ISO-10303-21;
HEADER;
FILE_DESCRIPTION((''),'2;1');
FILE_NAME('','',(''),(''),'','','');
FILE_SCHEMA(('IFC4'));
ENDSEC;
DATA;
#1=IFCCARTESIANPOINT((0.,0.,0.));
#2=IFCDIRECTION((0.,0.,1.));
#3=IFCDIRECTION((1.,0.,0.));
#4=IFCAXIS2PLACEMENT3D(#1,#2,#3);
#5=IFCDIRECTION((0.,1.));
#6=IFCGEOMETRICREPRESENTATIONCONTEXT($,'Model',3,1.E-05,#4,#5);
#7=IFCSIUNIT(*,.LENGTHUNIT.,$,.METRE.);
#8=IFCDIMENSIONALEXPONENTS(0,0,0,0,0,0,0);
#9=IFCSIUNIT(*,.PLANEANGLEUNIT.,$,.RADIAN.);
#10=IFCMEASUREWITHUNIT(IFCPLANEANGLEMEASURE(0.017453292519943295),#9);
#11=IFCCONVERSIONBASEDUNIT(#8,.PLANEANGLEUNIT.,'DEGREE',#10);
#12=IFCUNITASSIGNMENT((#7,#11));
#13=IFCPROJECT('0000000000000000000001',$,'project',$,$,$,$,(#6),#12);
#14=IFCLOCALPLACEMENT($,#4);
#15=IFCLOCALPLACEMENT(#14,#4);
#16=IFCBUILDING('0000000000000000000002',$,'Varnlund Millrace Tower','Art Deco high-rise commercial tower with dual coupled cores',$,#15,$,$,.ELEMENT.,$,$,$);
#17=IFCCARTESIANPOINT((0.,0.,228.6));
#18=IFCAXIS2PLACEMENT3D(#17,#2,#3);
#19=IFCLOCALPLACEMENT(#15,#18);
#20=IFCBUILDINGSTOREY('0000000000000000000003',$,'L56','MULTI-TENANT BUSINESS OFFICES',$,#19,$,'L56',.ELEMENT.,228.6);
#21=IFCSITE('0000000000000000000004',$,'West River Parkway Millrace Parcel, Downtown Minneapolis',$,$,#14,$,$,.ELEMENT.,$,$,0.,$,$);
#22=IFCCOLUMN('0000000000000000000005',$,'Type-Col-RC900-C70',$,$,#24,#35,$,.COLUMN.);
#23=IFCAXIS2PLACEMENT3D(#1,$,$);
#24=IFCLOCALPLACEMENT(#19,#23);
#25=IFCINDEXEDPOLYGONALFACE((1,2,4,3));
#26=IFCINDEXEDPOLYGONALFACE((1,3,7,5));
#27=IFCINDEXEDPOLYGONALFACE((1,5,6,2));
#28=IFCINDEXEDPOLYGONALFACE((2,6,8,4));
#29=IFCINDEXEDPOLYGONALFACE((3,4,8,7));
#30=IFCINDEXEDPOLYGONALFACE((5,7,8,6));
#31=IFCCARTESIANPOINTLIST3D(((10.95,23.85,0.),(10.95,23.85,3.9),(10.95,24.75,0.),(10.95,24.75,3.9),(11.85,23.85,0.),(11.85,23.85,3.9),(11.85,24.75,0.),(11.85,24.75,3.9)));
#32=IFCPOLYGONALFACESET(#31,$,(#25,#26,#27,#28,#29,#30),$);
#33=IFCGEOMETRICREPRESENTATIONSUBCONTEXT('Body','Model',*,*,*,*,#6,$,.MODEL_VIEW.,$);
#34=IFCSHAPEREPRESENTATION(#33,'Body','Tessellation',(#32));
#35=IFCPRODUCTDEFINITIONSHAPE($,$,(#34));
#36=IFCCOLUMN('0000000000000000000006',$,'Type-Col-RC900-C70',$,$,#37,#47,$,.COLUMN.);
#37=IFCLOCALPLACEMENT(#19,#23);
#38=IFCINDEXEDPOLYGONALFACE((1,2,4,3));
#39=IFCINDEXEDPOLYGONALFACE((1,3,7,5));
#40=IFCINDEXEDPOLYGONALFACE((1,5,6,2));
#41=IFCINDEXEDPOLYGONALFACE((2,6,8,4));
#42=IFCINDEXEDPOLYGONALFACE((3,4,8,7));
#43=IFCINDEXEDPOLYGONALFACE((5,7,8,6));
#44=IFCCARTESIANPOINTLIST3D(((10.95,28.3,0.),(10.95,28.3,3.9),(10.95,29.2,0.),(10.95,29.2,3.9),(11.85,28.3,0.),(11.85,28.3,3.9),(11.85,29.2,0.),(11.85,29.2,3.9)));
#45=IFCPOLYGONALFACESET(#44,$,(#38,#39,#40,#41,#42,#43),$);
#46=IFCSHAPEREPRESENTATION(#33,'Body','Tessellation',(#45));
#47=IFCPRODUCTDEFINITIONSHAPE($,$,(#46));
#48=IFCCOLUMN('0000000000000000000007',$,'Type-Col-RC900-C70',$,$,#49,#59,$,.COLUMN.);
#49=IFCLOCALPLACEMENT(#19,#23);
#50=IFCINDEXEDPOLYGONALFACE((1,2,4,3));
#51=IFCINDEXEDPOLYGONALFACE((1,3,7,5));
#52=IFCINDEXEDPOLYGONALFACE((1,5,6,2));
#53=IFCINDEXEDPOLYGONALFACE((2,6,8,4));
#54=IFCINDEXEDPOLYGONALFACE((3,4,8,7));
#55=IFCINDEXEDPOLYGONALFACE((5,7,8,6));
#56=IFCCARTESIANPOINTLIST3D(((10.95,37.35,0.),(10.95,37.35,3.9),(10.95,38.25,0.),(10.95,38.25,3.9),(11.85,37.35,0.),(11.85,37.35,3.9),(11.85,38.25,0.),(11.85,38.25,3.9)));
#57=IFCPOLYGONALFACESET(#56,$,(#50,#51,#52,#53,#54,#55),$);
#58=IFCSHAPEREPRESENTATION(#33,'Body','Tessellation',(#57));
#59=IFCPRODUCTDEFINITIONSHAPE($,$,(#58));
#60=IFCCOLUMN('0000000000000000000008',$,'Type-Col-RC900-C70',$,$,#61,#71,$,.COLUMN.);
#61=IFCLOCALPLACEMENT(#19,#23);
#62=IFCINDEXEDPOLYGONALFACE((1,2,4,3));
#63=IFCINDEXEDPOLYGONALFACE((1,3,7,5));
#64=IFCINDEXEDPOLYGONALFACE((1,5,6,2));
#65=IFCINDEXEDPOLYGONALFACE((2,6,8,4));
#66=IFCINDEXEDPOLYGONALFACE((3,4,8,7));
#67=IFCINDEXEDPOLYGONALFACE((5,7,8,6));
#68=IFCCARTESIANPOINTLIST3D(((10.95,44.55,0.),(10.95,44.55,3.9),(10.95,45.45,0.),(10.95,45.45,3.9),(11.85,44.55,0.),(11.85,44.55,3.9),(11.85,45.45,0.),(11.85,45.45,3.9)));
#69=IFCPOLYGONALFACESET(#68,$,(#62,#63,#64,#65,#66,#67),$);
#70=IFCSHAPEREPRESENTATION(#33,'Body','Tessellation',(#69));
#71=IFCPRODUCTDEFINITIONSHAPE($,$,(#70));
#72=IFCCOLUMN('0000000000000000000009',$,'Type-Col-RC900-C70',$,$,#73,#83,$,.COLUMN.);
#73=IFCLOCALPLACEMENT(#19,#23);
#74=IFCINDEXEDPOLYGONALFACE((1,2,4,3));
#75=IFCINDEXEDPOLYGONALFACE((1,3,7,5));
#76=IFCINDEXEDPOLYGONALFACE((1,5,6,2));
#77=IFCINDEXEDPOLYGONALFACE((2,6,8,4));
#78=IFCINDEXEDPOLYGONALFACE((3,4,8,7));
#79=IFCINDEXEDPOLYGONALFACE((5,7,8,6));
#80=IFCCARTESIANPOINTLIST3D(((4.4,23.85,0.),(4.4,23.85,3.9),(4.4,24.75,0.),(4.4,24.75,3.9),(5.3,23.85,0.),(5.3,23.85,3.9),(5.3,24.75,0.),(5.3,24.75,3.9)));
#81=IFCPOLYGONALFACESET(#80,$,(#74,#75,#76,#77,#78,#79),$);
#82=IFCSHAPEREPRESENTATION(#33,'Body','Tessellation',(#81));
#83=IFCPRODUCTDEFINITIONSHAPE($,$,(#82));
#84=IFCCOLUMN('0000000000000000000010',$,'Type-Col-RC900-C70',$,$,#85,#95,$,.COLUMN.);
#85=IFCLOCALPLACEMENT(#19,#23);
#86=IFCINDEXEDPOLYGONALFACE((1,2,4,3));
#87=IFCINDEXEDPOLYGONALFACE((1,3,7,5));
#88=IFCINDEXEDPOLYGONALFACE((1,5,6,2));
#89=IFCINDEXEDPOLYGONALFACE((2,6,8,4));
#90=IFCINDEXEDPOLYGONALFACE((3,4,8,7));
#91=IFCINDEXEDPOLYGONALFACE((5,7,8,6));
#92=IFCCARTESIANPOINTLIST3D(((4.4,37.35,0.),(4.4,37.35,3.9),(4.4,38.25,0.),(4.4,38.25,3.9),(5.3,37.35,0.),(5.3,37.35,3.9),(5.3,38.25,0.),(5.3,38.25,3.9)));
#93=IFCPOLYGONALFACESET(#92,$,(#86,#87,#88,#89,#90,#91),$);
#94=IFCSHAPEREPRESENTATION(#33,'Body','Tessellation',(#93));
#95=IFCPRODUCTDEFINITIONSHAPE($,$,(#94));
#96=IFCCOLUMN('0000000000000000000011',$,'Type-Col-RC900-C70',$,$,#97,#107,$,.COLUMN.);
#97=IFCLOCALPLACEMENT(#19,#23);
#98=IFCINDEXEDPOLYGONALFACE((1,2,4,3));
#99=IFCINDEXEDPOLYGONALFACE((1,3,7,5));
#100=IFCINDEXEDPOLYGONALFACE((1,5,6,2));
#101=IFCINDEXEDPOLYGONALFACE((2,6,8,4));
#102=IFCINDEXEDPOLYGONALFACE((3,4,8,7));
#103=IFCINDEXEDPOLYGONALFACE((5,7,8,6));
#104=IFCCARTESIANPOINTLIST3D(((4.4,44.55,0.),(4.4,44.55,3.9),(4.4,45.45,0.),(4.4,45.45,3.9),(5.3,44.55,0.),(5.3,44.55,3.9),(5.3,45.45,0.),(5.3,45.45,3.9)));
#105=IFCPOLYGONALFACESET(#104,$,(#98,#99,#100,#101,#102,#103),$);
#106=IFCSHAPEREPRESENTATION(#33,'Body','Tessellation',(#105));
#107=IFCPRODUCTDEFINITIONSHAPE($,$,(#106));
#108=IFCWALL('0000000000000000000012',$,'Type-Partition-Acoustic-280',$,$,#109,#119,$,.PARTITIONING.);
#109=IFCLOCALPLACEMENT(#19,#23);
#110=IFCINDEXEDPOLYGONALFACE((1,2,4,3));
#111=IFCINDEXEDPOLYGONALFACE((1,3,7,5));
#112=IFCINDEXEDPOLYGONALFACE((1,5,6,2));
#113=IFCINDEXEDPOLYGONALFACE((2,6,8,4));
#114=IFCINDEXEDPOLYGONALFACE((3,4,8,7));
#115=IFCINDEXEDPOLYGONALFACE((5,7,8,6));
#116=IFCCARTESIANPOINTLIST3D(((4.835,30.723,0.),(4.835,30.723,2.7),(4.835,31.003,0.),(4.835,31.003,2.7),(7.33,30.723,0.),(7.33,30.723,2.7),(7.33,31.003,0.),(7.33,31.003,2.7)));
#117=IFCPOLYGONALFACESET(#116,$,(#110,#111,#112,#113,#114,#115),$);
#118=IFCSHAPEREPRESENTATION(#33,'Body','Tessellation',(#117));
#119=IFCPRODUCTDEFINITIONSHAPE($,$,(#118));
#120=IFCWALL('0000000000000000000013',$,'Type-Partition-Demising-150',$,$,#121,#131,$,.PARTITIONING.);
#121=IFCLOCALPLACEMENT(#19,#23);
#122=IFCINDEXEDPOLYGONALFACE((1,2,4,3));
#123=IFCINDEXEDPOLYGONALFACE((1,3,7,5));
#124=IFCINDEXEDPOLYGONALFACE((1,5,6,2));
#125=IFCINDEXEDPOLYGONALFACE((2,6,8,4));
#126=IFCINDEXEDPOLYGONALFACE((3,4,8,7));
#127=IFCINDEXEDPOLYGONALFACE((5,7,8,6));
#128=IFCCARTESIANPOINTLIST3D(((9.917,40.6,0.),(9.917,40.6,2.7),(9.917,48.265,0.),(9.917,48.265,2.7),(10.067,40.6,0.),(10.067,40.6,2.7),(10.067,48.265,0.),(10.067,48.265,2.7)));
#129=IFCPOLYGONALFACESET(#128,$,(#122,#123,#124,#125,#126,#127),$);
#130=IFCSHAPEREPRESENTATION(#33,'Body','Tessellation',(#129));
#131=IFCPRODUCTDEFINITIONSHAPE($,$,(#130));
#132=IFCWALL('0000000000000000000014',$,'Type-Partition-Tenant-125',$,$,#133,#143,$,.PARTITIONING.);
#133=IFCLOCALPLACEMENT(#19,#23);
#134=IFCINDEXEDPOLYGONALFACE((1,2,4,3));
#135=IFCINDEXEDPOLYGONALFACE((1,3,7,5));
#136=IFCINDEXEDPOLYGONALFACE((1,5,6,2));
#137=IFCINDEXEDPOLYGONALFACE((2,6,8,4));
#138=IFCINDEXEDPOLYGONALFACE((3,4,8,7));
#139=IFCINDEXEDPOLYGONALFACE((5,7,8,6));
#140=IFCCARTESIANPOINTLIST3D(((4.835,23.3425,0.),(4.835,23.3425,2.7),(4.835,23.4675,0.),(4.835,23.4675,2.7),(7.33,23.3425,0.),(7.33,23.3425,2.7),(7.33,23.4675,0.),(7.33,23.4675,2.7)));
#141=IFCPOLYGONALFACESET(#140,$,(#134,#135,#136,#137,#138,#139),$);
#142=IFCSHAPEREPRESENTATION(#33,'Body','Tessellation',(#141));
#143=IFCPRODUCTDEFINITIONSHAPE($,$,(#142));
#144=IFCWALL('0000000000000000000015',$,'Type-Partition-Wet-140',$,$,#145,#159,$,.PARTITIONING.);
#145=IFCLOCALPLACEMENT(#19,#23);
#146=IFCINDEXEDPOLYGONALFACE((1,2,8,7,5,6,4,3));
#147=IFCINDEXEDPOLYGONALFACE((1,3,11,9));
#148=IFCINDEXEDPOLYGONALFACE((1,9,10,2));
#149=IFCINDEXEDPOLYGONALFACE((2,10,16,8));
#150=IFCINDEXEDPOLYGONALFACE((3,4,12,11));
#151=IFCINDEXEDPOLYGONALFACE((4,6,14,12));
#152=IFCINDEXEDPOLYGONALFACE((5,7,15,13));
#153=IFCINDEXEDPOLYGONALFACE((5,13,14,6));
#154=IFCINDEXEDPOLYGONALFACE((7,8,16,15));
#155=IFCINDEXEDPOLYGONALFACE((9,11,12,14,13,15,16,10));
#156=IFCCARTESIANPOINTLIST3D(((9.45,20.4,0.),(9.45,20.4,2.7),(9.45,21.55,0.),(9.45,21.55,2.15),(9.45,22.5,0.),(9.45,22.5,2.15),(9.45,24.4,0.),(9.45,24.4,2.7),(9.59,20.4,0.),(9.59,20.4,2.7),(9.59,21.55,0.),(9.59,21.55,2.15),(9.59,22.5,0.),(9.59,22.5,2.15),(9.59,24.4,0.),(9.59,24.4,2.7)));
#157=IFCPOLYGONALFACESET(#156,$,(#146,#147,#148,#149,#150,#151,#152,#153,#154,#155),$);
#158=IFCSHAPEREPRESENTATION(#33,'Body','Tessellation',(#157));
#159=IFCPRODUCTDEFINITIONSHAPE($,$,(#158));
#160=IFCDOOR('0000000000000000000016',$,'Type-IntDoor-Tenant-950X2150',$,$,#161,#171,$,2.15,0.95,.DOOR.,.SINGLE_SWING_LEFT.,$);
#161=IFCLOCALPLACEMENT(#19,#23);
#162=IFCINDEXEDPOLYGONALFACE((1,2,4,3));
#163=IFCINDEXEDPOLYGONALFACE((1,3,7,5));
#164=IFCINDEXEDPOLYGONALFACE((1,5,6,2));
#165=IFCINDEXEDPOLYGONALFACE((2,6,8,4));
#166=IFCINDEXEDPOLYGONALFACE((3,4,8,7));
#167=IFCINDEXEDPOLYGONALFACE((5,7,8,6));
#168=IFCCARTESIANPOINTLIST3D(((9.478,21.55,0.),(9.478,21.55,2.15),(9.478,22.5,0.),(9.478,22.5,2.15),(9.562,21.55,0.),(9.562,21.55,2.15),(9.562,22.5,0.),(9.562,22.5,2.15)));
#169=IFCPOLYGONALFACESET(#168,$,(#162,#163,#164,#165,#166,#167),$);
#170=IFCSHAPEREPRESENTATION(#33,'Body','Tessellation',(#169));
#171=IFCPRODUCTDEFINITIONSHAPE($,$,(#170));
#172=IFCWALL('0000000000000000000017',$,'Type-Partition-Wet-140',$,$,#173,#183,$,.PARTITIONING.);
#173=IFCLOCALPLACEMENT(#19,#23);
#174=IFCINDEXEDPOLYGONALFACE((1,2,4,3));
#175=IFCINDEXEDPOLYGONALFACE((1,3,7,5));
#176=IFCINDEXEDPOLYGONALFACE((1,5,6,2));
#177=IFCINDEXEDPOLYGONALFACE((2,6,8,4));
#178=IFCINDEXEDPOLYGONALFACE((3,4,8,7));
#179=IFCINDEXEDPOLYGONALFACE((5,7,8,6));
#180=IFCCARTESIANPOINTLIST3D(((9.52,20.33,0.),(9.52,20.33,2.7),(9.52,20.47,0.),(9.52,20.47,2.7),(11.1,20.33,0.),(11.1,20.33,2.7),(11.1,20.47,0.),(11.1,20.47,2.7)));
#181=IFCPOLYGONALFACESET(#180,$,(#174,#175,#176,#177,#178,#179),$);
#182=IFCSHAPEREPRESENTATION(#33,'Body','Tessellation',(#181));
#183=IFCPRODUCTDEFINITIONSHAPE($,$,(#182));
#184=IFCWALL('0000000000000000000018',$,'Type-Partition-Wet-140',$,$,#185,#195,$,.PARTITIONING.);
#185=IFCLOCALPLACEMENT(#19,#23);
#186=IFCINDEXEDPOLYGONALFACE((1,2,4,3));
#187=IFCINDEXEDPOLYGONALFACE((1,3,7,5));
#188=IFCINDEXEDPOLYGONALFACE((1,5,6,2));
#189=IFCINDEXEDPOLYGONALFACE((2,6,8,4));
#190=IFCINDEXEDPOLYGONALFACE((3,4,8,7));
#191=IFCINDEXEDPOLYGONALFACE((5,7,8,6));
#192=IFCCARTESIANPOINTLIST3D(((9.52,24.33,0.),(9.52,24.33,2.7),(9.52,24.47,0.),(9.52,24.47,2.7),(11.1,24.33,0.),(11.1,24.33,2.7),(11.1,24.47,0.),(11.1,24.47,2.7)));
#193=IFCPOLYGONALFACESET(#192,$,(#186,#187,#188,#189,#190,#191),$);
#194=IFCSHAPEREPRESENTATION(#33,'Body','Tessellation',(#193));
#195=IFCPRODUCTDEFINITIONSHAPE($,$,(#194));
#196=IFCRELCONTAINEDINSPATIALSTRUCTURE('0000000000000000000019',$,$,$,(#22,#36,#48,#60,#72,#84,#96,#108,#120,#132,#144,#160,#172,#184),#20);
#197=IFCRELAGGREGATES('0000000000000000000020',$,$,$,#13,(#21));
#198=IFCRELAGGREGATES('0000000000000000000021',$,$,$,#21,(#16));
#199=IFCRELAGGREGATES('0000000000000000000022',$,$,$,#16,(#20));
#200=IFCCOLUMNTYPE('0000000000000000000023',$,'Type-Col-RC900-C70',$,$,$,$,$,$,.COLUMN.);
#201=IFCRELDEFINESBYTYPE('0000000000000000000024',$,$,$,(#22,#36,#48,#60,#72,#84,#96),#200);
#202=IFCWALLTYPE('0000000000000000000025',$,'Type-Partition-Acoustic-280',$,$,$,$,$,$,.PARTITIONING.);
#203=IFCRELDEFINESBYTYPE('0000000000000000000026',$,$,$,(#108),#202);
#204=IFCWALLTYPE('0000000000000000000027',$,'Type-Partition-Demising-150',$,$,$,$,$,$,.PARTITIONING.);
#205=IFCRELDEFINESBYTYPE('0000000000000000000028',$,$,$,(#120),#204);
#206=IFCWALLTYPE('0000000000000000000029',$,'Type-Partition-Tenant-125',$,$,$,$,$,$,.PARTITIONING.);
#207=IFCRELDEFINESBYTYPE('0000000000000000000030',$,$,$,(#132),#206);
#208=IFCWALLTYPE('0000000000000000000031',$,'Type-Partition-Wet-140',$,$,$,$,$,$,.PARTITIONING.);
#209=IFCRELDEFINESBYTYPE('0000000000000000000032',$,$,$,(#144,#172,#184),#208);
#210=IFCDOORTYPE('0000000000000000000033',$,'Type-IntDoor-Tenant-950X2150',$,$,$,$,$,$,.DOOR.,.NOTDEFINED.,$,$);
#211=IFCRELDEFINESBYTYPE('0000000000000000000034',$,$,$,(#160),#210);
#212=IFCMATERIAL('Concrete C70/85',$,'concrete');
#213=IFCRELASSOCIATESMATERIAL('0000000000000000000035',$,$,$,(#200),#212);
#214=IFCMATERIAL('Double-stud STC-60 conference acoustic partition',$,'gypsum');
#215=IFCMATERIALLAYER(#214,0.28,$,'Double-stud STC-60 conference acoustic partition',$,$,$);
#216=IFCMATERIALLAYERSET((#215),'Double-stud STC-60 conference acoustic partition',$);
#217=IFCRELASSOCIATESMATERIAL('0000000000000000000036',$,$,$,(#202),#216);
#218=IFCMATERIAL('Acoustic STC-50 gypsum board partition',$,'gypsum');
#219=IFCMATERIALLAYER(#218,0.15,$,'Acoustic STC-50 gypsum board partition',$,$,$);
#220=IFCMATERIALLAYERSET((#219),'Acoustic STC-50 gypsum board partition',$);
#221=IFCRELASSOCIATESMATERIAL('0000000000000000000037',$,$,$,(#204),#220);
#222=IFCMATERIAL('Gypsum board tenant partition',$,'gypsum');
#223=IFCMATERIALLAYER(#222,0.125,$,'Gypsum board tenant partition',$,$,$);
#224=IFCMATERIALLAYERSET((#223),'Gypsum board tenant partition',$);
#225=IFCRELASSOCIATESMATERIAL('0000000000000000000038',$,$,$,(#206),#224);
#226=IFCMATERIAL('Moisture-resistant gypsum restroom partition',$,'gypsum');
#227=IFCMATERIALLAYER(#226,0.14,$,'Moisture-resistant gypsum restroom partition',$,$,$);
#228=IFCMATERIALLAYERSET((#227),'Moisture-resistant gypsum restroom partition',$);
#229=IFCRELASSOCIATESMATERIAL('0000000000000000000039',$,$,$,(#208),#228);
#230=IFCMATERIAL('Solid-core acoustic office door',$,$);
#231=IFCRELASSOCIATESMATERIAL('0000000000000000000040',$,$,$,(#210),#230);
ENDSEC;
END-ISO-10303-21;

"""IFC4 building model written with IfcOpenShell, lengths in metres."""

from ifc_helpers import new_model, entity, si_unit, converted_unit, direction, frame, origin_with_axes, origin_2d_with_axis, place, context, subcontext, project, spatial, polyline, rectangle, outline, extrude, material, layer, layer_set, material_profile, profile_set, type_object, element, fill, save


model = new_model("IFC4")

# Units and contexts
model_context = context("Model", 3, precision=1e-05, world=origin_with_axes(), true_north=direction((0.0, 1.0)))
body_context = subcontext(model_context, "Body", "Model", "MODEL_VIEW")
ifc_project = project(units=[si_unit("LENGTHUNIT", "METRE"), converted_unit("PLANEANGLEUNIT", "DEGREE", entity("IfcPlaneAngleMeasure", 0.017453292519943295), si_unit("PLANEANGLEUNIT", "RADIAN"), dimensions=[0, 0, 0, 0, 0, 0, 0])], contexts=[model_context])

# Site, building, storey
site_placement = place(None, origin_with_axes())
site = spatial("IfcSite", under=ifc_project, at=site_placement, Name="West River Parkway Millrace Parcel, Downtown Minneapolis", CompositionType="ELEMENT", RefElevation=0.0)
building_placement = place(site_placement, origin_with_axes())
building = spatial("IfcBuilding", under=site, at=building_placement, Name="Varnlund Millrace Tower", Description="Art Deco high-rise commercial tower with dual coupled cores", CompositionType="ELEMENT")
storey_placement = place(building_placement, frame((0.0, 0.0, 228.6), z_axis=(0.0, 0.0, 1.0), x_axis=(1.0, 0.0, 0.0)))
storey = spatial("IfcBuildingStorey", under=building, at=storey_placement, Name="L56", Description="MULTI-TENANT BUSINESS OFFICES", LongName="L56", CompositionType="ELEMENT", Elevation=228.6)

# Columns
ifc_material_1 = material(Name="Concrete C70/85", Category="concrete")
ifc_material_profile = material_profile(ifc_material_1, rectangle(XDim=0.9, YDim=0.9, at=origin_2d_with_axis()), Name="Concrete C70/85")
ifc_profile_set = profile_set([ifc_material_profile], Name="Concrete C70/85")
column_type = type_object("IfcColumnType", Name="Type-Col-RC900-C70", PredefinedType="COLUMN", material=ifc_profile_set)
for number, where, z_axis, x_axis, name in (
    (1, (11.4, 24.3, 0.0), (0.0, 0.0, 1.0), (1.0, 0.0, 0.0), "Type-Col-RC900-C70"),
    (2, (11.4, 28.75, 0.0), (0.0, 0.0, 1.0), (1.0, 0.0, 0.0), "Type-Col-RC900-C70"),
    (3, (11.4, 37.8, 0.0), (0.0, 0.0, 1.0), (1.0, 0.0, 0.0), "Type-Col-RC900-C70"),
    (4, (11.4, 45.0, 0.0), (0.0, 0.0, 1.0), (1.0, 0.0, 0.0), "Type-Col-RC900-C70"),
    (5, (4.85, 24.3, 0.0), (0.0, 0.0, 1.0), (1.0, 0.0, 0.0), "Type-Col-RC900-C70"),
    (6, (4.85, 37.8, 0.0), (0.0, 0.0, 1.0), (1.0, 0.0, 0.0), "Type-Col-RC900-C70"),
    (7, (4.85, 45.0, 0.0), (0.0, 0.0, 1.0), (1.0, 0.0, 0.0), "Type-Col-RC900-C70"),
):
    element("IfcColumn", number, at=place(storey_placement, frame(where, z_axis=z_axis, x_axis=x_axis)), inside=storey, type_object=column_type, Name=name, PredefinedType="COLUMN", context=body_context, shape_type="SweptSolid", body=[
        extrude(rectangle(XDim=0.9, YDim=0.9, at=origin_2d_with_axis()), origin_with_axes(), (0.0, 0.0, 1.0), 3.9),
    ])

# Wall
ifc_material_2 = material(Name="Double-stud STC-60 conference acoustic partition", Category="gypsum")
ifc_layer_1 = layer(ifc_material_2, 0.28, Name="Double-stud STC-60 conference acoustic partition")
ifc_layer_set_1 = layer_set([ifc_layer_1], Name="Double-stud STC-60 conference acoustic partition")
wall_type_1 = type_object("IfcWallType", Name="Type-Partition-Acoustic-280", PredefinedType="PARTITIONING", material=ifc_layer_set_1)
wall_1_placement = place(storey_placement, frame((4.835, 30.863, 0.0), z_axis=(0.0, 0.0, 1.0), x_axis=(1.0, 0.0, 0.0)))
element("IfcWall", 8, at=wall_1_placement, inside=storey, type_object=wall_type_1, Name="Type-Partition-Acoustic-280", PredefinedType="PARTITIONING", context=body_context, shape_type="SweptSolid", body=[
    extrude(outline(polyline([(0.0, -0.14), (2.495, -0.14), (2.495, 0.14), (0.0, 0.14), (0.0, -0.14)])), origin_with_axes(), (0.0, 0.0, 1.0), 2.7),
])

# Walls
ifc_material_3 = material(Name="Acoustic STC-50 gypsum board partition", Category="gypsum")
ifc_layer_2 = layer(ifc_material_3, 0.15, Name="Acoustic STC-50 gypsum board partition")
ifc_layer_set_2 = layer_set([ifc_layer_2], Name="Acoustic STC-50 gypsum board partition")
wall_type_2 = type_object("IfcWallType", Name="Type-Partition-Demising-150", PredefinedType="PARTITIONING", material=ifc_layer_set_2)
wall_2_placement = place(storey_placement, frame((9.992, 40.6, 0.0), z_axis=(0.0, 0.0, 1.0), x_axis=(0.0, 1.0, 0.0)))
element("IfcWall", 9, at=wall_2_placement, inside=storey, type_object=wall_type_2, Name="Type-Partition-Demising-150", PredefinedType="PARTITIONING", context=body_context, shape_type="SweptSolid", body=[
    extrude(outline(polyline([(0.0, -0.075), (7.665, -0.075), (7.665, 0.075), (0.0, 0.075), (0.0, -0.075)])), origin_with_axes(), (0.0, 0.0, 1.0), 2.7),
])
ifc_material_4 = material(Name="Gypsum board tenant partition", Category="gypsum")
ifc_layer_3 = layer(ifc_material_4, 0.125, Name="Gypsum board tenant partition")
ifc_layer_set_3 = layer_set([ifc_layer_3], Name="Gypsum board tenant partition")
wall_type_3 = type_object("IfcWallType", Name="Type-Partition-Tenant-125", PredefinedType="PARTITIONING", material=ifc_layer_set_3)
wall_3_placement = place(storey_placement, frame((4.835, 23.405, 0.0), z_axis=(0.0, 0.0, 1.0), x_axis=(1.0, 0.0, 0.0)))
element("IfcWall", 10, at=wall_3_placement, inside=storey, type_object=wall_type_3, Name="Type-Partition-Tenant-125", PredefinedType="PARTITIONING", context=body_context, shape_type="SweptSolid", body=[
    extrude(outline(polyline([(0.0, -0.0625), (2.495, -0.0625), (2.495, 0.0625), (0.0, 0.0625), (0.0, -0.0625)])), origin_with_axes(), (0.0, 0.0, 1.0), 2.7),
])

# Wall, opening, door
ifc_material_5 = material(Name="Moisture-resistant gypsum restroom partition", Category="gypsum")
ifc_layer_4 = layer(ifc_material_5, 0.14, Name="Moisture-resistant gypsum restroom partition")
ifc_layer_set_4 = layer_set([ifc_layer_4], Name="Moisture-resistant gypsum restroom partition")
wall_type_4 = type_object("IfcWallType", Name="Type-Partition-Wet-140", PredefinedType="PARTITIONING", material=ifc_layer_set_4)
wall_4_placement = place(storey_placement, frame((9.52, 20.4, 0.0), z_axis=(0.0, 0.0, 1.0), x_axis=(0.0, 1.0, 0.0)))
wall_4 = element("IfcWall", 11, at=wall_4_placement, inside=storey, type_object=wall_type_4, Name="Type-Partition-Wet-140", PredefinedType="PARTITIONING", context=body_context, shape_type="SweptSolid", body=[
    extrude(outline(polyline([(0.0, -0.07), (4.0, -0.07), (4.0, 0.07), (0.0, 0.07), (0.0, -0.07)])), origin_with_axes(), (0.0, 0.0, 1.0), 2.7),
])
opening_1_placement = place(wall_4_placement, frame((1.625, 0.0, 0.0), z_axis=(0.0, 0.0, 1.0), x_axis=(1.0, 0.0, 0.0)))
opening_1 = element("IfcOpeningElement", 12, at=opening_1_placement, cuts=wall_4, PredefinedType="OPENING", context=body_context, shape_type="SweptSolid", body=[
    extrude(rectangle(XDim=0.95, YDim=0.16, at=origin_2d_with_axis()), origin_with_axes(), (0.0, 0.0, 1.0), 2.15),
])
ifc_material_6 = material(Name="Solid-core acoustic office door")
door_type_1 = type_object("IfcDoorType", Name="Type-IntDoor-Tenant-950X2150", OperationType="NOTDEFINED", PredefinedType="DOOR", material=ifc_material_6)
door_1_placement = place(wall_4_placement, frame((1.625, 0.0, 0.0), z_axis=(0.0, 0.0, 1.0), x_axis=(1.0, 0.0, 0.0)))
door_1 = element("IfcDoor", 13, at=door_1_placement, inside=storey, type_object=door_type_1, Name="Type-IntDoor-Tenant-950X2150", OperationType="SINGLE_SWING_LEFT", OverallHeight=2.15, OverallWidth=0.95, PredefinedType="DOOR", context=body_context, shape_type="SweptSolid", body=[
    extrude(rectangle(XDim=0.95, YDim=0.084, at=origin_2d_with_axis()), origin_with_axes(), (0.0, 0.0, 1.0), 2.15),
])
fill(opening_1, door_1)

# Walls
for number, where, z_axis, x_axis, name in (
    (14, (9.52, 20.4, 0.0), (0.0, 0.0, 1.0), (1.0, 0.0, 0.0), "Type-Partition-Wet-140"),
    (15, (9.52, 24.4, 0.0), (0.0, 0.0, 1.0), (1.0, 0.0, 0.0), "Type-Partition-Wet-140"),
):
    element("IfcWall", number, at=place(storey_placement, frame(where, z_axis=z_axis, x_axis=x_axis)), inside=storey, type_object=wall_type_4, Name=name, PredefinedType="PARTITIONING", context=body_context, shape_type="SweptSolid", body=[
        extrude(outline(polyline([(0.0, -0.07), (1.58, -0.07), (1.58, 0.07), (0.0, 0.07), (0.0, -0.07)])), origin_with_axes(), (0.0, 0.0, 1.0), 2.7),
    ])

save(model, "model.ifc")
